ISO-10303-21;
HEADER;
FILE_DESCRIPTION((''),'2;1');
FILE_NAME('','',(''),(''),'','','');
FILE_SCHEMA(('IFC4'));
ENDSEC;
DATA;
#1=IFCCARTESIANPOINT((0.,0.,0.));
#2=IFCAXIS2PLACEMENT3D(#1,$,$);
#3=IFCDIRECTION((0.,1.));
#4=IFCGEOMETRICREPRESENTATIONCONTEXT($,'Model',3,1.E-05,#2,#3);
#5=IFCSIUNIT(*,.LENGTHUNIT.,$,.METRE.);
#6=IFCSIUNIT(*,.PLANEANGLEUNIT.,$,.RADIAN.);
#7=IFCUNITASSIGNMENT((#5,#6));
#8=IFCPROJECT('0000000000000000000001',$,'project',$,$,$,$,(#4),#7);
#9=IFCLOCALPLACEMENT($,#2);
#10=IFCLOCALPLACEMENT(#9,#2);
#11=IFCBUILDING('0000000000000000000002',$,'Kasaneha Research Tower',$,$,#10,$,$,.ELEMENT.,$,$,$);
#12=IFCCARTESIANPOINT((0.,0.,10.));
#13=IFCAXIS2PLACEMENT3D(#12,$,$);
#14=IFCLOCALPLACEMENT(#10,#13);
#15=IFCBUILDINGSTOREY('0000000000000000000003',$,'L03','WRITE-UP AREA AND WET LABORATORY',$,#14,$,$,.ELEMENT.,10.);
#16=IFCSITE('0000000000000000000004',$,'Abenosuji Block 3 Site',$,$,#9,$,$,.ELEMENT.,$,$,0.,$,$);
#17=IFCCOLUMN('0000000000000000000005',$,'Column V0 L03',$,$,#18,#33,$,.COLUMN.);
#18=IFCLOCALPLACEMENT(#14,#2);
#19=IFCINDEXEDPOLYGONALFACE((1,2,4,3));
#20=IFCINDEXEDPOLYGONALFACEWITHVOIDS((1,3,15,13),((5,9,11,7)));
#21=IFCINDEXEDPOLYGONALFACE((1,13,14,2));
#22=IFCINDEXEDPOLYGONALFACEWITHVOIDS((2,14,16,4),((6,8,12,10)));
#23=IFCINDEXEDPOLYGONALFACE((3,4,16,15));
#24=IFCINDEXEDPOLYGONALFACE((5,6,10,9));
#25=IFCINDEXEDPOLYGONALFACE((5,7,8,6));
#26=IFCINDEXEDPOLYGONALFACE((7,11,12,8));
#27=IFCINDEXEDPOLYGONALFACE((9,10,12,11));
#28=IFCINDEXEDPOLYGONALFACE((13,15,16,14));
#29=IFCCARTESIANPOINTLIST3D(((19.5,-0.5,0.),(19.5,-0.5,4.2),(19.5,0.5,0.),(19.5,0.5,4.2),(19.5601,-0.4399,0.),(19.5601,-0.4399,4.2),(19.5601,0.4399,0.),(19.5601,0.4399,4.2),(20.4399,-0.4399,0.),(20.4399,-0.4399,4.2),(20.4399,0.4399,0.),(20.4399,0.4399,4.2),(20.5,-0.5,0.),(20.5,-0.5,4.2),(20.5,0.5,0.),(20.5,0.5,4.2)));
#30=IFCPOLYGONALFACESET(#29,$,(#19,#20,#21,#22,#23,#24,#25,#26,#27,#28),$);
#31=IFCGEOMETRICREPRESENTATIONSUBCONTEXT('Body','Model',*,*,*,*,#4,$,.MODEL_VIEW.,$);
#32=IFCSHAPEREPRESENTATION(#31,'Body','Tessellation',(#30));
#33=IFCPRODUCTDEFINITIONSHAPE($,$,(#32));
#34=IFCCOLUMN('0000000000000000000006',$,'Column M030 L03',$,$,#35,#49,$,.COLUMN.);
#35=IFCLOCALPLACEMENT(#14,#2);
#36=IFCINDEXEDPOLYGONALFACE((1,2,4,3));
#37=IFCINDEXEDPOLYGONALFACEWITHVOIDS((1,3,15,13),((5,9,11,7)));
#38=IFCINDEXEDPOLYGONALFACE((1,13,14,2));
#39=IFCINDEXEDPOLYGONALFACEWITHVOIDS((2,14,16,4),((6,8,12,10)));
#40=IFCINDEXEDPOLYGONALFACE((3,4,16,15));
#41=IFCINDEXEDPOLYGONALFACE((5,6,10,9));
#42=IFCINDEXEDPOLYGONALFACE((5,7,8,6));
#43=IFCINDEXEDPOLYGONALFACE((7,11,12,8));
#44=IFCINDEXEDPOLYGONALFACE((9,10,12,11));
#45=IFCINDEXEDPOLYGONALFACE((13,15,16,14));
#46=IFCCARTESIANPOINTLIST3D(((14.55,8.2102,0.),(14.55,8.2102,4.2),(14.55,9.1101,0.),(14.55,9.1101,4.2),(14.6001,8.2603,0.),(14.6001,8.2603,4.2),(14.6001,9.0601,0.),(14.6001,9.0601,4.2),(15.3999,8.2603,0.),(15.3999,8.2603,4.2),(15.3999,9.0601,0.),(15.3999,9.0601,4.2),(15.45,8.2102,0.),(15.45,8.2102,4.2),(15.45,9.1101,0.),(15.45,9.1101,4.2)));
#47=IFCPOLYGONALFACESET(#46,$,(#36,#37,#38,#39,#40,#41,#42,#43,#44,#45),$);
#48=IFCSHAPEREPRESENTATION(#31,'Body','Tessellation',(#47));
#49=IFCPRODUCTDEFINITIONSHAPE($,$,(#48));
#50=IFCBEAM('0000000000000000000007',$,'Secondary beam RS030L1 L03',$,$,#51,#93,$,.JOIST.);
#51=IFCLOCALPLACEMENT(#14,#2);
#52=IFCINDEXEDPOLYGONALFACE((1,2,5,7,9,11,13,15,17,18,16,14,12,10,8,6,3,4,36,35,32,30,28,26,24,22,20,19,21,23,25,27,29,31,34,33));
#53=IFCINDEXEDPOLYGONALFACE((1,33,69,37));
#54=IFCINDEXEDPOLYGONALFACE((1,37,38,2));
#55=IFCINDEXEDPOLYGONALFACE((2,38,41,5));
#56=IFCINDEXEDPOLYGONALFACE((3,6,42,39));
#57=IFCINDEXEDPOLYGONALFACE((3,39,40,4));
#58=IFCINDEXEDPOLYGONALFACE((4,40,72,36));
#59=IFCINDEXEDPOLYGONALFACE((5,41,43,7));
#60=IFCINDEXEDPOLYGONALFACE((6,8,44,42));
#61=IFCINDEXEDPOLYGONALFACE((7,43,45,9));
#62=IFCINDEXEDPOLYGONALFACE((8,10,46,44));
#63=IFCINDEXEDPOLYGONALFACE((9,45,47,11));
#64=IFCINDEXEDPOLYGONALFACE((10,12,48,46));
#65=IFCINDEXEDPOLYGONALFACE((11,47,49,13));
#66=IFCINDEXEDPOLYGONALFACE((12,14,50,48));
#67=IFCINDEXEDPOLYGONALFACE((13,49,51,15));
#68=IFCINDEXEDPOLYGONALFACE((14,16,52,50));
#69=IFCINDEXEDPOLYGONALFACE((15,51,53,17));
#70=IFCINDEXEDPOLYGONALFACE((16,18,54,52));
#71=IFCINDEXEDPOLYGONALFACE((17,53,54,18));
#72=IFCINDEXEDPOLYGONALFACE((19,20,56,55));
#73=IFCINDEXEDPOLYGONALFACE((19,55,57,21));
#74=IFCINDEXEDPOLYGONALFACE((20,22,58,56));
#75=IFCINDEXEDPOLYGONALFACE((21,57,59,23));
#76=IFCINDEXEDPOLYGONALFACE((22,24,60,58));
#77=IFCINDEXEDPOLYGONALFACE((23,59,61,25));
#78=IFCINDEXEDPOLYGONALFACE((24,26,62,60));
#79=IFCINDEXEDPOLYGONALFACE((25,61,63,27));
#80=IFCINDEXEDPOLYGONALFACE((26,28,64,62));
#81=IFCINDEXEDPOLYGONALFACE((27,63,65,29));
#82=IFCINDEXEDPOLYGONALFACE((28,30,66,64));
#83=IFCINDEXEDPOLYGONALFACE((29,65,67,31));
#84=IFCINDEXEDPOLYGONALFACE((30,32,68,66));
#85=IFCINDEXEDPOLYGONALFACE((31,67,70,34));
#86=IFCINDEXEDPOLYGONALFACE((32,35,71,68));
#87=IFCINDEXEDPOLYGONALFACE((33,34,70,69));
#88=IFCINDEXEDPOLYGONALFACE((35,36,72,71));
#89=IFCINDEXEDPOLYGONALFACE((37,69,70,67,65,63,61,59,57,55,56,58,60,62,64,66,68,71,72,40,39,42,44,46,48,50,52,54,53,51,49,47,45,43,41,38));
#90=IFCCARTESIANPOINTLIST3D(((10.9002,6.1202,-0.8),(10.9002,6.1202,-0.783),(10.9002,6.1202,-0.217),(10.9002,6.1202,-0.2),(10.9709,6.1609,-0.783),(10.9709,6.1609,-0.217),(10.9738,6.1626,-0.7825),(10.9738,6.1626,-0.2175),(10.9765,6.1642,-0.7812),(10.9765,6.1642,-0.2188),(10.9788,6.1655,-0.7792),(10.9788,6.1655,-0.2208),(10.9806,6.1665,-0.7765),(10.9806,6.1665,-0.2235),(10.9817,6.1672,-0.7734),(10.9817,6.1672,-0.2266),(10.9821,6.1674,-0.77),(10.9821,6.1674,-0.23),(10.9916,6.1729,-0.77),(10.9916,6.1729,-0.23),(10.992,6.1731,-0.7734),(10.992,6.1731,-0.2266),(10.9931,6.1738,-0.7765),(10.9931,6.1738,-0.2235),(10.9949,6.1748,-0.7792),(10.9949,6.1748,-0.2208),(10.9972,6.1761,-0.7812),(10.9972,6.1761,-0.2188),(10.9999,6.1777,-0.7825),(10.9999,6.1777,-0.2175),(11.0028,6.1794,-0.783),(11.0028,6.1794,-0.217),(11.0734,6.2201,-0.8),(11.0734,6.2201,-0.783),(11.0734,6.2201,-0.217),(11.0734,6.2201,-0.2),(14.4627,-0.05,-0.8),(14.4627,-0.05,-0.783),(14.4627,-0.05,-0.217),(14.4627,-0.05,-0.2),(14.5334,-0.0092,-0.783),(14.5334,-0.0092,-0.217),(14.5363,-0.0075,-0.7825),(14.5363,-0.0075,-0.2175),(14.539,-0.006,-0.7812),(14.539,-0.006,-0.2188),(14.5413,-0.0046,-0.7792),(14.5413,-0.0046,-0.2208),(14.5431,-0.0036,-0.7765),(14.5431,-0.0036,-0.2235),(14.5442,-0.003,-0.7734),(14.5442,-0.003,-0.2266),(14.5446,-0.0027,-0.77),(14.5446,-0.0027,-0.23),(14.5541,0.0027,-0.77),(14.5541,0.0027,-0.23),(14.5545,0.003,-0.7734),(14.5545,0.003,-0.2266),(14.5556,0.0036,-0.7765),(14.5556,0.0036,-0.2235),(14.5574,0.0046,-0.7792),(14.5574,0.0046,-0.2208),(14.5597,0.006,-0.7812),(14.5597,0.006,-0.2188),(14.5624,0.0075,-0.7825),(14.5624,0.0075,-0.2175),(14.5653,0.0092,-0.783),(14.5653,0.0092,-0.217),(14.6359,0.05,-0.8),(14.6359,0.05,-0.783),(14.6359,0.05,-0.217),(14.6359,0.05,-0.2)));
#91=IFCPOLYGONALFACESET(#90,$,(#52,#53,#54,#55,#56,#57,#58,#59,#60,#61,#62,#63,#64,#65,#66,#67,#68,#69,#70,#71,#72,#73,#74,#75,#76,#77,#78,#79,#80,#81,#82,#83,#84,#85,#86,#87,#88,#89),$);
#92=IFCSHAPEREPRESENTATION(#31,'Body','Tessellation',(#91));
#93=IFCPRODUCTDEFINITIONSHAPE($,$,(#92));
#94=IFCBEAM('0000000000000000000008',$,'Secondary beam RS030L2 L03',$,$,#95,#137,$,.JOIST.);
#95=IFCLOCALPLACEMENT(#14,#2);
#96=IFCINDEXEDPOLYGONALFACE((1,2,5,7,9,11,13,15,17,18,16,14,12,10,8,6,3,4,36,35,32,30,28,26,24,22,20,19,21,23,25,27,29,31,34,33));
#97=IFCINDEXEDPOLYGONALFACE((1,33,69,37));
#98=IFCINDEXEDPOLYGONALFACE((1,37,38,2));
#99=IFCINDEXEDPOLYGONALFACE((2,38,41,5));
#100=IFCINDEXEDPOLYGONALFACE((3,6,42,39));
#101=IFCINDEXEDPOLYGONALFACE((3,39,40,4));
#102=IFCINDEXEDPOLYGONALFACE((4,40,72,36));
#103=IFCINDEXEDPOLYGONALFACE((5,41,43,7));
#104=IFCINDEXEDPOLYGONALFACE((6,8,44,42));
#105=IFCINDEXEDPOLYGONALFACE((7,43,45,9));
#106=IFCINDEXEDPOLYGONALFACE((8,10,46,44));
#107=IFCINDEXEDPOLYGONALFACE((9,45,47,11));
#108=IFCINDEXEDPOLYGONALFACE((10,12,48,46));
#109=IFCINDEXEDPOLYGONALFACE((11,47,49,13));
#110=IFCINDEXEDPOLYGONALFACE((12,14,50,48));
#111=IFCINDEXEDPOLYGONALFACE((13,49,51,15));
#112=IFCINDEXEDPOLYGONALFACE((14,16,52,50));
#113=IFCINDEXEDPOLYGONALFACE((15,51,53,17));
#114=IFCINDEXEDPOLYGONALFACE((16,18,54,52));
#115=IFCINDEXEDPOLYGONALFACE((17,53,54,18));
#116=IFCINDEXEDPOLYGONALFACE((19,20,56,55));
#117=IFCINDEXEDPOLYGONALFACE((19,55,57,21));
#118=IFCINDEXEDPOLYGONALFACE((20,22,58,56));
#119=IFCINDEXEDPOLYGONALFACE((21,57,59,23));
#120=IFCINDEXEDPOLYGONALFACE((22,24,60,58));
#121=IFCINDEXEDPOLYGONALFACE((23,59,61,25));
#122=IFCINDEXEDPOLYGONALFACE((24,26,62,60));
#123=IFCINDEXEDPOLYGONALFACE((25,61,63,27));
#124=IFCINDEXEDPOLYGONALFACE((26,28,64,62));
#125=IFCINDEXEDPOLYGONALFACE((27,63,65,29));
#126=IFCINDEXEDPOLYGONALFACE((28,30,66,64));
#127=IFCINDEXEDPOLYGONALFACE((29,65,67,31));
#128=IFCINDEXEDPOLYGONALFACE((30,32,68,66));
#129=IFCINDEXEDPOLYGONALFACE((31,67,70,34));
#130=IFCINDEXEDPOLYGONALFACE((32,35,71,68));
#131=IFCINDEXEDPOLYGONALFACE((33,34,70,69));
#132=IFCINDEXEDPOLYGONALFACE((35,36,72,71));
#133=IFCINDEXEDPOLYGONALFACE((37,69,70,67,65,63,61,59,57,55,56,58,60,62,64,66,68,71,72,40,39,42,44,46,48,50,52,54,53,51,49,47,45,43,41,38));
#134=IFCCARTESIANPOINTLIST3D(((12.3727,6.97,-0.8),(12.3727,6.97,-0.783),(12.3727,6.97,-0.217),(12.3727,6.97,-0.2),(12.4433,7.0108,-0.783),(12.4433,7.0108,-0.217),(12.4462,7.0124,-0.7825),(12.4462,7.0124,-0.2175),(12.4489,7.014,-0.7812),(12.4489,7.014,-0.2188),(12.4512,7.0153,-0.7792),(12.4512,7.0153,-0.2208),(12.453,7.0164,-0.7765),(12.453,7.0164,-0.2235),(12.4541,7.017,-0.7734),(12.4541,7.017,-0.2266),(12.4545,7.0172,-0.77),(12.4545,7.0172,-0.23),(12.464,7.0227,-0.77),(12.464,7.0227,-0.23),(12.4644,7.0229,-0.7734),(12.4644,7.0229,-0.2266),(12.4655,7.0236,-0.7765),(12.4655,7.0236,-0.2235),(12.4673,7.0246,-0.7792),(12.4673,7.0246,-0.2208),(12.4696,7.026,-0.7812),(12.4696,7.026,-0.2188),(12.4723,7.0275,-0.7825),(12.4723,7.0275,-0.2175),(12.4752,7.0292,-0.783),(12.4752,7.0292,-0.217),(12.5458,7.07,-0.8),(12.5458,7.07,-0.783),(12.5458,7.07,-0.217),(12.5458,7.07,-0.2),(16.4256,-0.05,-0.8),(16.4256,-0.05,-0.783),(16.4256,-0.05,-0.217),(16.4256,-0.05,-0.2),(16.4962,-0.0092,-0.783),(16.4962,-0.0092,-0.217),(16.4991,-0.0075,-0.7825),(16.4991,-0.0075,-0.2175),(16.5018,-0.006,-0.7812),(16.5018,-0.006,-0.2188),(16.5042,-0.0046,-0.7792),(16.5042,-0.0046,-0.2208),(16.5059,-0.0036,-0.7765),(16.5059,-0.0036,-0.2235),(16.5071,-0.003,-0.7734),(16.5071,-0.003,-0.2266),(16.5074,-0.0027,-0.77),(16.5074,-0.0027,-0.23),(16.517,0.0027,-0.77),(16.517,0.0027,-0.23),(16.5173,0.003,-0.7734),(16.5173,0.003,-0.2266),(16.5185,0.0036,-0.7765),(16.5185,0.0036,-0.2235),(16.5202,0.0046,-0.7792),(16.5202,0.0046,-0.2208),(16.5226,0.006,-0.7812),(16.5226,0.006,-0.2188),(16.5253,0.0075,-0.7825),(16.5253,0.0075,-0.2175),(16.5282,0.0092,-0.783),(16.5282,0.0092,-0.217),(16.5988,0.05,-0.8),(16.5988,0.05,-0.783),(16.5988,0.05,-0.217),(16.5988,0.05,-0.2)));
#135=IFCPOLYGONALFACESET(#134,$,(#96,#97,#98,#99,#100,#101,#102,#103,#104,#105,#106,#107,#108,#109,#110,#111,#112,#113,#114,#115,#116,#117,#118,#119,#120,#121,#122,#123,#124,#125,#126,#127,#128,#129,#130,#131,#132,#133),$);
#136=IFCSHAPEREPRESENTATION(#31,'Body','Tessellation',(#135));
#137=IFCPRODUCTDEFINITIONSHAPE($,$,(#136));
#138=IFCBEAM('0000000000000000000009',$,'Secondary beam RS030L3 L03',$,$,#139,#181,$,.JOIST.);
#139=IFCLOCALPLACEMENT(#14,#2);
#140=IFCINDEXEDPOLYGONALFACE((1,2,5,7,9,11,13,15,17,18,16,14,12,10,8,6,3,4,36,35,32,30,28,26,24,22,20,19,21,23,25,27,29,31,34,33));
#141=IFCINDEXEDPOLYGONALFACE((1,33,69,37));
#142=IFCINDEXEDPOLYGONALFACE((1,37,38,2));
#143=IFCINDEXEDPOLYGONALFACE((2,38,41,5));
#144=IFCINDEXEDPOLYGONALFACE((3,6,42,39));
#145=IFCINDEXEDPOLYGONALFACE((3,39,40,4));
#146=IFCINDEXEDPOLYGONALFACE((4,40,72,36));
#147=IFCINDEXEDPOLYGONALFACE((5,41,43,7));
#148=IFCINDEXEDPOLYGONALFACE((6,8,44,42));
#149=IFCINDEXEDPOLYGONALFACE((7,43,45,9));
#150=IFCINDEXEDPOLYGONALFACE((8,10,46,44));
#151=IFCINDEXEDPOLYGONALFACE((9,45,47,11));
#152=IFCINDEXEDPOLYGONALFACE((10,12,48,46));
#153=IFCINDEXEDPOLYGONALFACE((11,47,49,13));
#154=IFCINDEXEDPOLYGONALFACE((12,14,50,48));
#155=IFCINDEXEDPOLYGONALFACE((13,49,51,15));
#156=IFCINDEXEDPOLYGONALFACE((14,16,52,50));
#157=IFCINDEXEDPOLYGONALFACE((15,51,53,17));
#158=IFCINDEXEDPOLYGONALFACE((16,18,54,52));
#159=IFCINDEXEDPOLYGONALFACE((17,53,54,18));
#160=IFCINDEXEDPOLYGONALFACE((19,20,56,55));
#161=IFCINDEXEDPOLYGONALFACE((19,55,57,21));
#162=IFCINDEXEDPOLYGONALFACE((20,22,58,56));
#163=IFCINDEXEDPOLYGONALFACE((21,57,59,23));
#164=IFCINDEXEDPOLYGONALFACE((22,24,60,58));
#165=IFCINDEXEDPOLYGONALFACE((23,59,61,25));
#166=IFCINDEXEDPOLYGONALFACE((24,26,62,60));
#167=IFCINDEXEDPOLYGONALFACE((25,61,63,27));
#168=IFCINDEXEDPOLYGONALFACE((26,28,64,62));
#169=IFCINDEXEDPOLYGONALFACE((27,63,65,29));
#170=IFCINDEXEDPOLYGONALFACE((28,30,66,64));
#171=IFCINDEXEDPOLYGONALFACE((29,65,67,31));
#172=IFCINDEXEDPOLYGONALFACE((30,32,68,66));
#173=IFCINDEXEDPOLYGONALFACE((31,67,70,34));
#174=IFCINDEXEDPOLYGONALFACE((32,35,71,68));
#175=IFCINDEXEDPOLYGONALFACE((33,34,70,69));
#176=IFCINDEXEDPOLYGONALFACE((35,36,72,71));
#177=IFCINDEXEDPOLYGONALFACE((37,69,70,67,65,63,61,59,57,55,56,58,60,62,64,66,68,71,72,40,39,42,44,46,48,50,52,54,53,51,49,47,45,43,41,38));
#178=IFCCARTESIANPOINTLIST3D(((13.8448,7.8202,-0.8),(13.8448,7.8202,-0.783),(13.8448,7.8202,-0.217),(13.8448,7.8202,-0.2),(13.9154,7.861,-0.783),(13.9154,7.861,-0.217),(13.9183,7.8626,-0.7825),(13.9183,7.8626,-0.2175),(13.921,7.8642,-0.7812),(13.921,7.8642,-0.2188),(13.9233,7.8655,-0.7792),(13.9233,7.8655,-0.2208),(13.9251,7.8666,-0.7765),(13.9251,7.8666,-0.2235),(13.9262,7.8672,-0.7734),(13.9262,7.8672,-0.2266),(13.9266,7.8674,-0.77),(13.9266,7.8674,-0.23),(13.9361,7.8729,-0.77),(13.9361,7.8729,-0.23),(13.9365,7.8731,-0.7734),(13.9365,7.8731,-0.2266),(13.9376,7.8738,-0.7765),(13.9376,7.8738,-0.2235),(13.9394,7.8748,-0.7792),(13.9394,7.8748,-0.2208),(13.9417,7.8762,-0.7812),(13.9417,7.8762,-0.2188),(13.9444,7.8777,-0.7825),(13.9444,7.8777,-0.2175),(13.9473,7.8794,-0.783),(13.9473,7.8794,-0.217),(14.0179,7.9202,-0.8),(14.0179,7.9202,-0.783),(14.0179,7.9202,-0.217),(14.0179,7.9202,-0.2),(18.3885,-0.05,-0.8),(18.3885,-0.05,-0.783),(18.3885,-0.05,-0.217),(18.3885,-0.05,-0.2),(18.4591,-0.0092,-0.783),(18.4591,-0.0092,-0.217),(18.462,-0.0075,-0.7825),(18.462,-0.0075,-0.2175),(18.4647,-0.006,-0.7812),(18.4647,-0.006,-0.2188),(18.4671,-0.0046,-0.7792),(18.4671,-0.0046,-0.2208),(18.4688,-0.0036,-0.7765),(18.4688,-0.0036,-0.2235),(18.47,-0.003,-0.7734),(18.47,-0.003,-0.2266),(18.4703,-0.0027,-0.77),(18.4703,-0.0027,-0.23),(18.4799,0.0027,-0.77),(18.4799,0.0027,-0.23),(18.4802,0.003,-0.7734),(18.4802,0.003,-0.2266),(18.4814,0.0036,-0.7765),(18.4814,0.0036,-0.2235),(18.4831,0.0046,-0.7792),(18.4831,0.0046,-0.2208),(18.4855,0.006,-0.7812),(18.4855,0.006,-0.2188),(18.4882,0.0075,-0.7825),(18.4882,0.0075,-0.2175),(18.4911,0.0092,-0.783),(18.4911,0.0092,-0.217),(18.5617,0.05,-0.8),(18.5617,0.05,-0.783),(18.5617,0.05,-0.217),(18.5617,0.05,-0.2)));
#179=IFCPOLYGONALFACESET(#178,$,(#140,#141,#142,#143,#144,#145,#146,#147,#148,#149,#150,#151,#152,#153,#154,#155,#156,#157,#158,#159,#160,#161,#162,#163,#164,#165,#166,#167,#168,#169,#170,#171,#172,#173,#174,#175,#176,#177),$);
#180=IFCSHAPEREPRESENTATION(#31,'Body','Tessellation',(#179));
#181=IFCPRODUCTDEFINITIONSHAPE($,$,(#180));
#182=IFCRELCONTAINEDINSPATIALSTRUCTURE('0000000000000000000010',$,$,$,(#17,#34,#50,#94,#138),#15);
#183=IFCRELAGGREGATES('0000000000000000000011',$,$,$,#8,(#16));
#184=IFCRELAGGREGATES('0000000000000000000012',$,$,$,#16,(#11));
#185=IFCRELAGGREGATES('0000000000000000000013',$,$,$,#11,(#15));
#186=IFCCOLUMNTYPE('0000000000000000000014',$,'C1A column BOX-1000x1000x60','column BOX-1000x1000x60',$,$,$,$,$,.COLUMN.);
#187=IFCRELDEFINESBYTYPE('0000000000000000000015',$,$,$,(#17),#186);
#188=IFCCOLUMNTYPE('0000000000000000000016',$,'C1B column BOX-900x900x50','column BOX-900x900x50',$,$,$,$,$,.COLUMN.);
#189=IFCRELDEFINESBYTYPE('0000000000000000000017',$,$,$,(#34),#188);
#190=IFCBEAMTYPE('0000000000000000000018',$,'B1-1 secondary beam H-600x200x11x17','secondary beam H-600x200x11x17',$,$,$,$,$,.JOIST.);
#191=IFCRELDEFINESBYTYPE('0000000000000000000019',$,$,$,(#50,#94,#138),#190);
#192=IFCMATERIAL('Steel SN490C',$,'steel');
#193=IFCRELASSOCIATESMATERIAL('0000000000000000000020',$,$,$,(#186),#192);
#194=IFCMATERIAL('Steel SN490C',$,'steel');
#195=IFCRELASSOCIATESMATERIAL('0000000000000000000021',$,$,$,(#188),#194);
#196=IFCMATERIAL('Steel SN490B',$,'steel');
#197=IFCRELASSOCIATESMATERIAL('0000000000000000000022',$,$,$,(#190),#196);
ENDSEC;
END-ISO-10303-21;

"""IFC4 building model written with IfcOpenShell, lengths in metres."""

from ifc_helpers import new_model, si_unit, direction, frame, origin, origin_2d, place, context, subcontext, project, spatial, hollow_rectangle, i_section, extrude, material, material_profile, profile_set, type_object, element, save


model = new_model("IFC4")

# Units and contexts
model_context = context("Model", 3, precision=1e-05, world=origin(), true_north=direction((0.0, 1.0)))
body_context = subcontext(model_context, "Body", "Model", "MODEL_VIEW")
ifc_project = project(units=[si_unit("LENGTHUNIT", "METRE"), si_unit("PLANEANGLEUNIT", "RADIAN")], contexts=[model_context])

# Site, building, storey
site_placement = place(None, origin())
site = spatial("IfcSite", under=ifc_project, at=site_placement, Name="Abenosuji Block 3 Site", CompositionType="ELEMENT", RefElevation=0.0)
building_placement = place(site_placement, origin())
building = spatial("IfcBuilding", under=site, at=building_placement, Name="Kasaneha Research Tower", CompositionType="ELEMENT")
storey_placement = place(building_placement, frame((0.0, 0.0, 10.0)))
storey = spatial("IfcBuildingStorey", under=building, at=storey_placement, Name="L03", Description="WRITE-UP AREA AND WET LABORATORY", CompositionType="ELEMENT", Elevation=10.0)

# Columns
ifc_material_1 = material(Name="Steel SN490C", Category="steel")
ifc_material_profile_1 = material_profile(ifc_material_1, hollow_rectangle(XDim=1.0, YDim=1.0, WallThickness=0.0601, at=origin_2d()), Name="BOX-1000x1000x60")
ifc_profile_set_1 = profile_set([ifc_material_profile_1], Name="Steel SN490C")
column_type_1 = type_object("IfcColumnType", Name="C1A column BOX-1000x1000x60", Description="column BOX-1000x1000x60", PredefinedType="COLUMN", material=ifc_profile_set_1)
column_1_placement = place(storey_placement, frame((20.0, 0.0, 0.0), z_axis=(0.0, 0.0, 1.0), x_axis=(1.0, 0.0, 0.0)))
element("IfcColumn", 1, at=column_1_placement, inside=storey, type_object=column_type_1, Name="Column V0 L03", PredefinedType="COLUMN", context=body_context, shape_type="SweptSolid", body=[
    extrude(hollow_rectangle(XDim=1.0, YDim=1.0, WallThickness=0.0601, at=origin_2d()), origin(), (0.0, 0.0, 1.0), 4.2),
])
ifc_material_2 = material(Name="Steel SN490C", Category="steel")
ifc_material_profile_2 = material_profile(ifc_material_2, hollow_rectangle(XDim=0.8999, YDim=0.8999, WallThickness=0.05, at=origin_2d()), Name="BOX-900x900x50")
ifc_profile_set_2 = profile_set([ifc_material_profile_2], Name="Steel SN490C")
column_type_2 = type_object("IfcColumnType", Name="C1B column BOX-900x900x50", Description="column BOX-900x900x50", PredefinedType="COLUMN", material=ifc_profile_set_2)
column_2_placement = place(storey_placement, frame((15.0, 8.6602, 0.0), z_axis=(0.0, 0.0, 1.0), x_axis=(1.0, 0.0, 0.0)))
element("IfcColumn", 2, at=column_2_placement, inside=storey, type_object=column_type_2, Name="Column M030 L03", PredefinedType="COLUMN", context=body_context, shape_type="SweptSolid", body=[
    extrude(hollow_rectangle(XDim=0.8999, YDim=0.8999, WallThickness=0.05, at=origin_2d()), origin(), (0.0, 0.0, 1.0), 4.2),
])

# Beams
ifc_material_3 = material(Name="Steel SN490B", Category="steel")
ifc_material_profile_3 = material_profile(ifc_material_3, i_section(OverallWidth=0.2, OverallDepth=0.6001, WebThickness=0.011, FlangeThickness=0.0171, FilletRadius=0.0129, at=origin_2d()), Name="H-600x200x11x17")
ifc_profile_set_3 = profile_set([ifc_material_profile_3], Name="Steel SN490B")
beam_type_1 = type_object("IfcBeamType", Name="B1-1 secondary beam H-600x200x11x17", Description="secondary beam H-600x200x11x17", PredefinedType="JOIST", material=ifc_profile_set_3)
beam_1_placement = place(storey_placement, frame((14.5493, 0.0, -0.5), z_axis=(-0.500016, 0.866016, 0.0), x_axis=(-0.866016, -0.500016, 0.0)))
element("IfcBeam", 3, at=beam_1_placement, inside=storey, type_object=beam_type_1, Name="Secondary beam RS030L1 L03", PredefinedType="JOIST", context=body_context, shape_type="SweptSolid", body=[
    extrude(i_section(OverallWidth=0.2, OverallDepth=0.6001, WebThickness=0.011, FlangeThickness=0.0171, FilletRadius=0.0129, at=origin_2d()), origin(), (0.0, 0.0, 1.0), 7.1248),
])
beam_2_placement = place(storey_placement, frame((16.5122, 0.0, -0.5), z_axis=(-0.499997, 0.866027, 0.0), x_axis=(-0.866027, -0.499997, 0.0)))
element("IfcBeam", 4, at=beam_2_placement, inside=storey, type_object=beam_type_1, Name="Secondary beam RS030L2 L03", PredefinedType="JOIST", context=body_context, shape_type="SweptSolid", body=[
    extrude(i_section(OverallWidth=0.2, OverallDepth=0.6001, WebThickness=0.011, FlangeThickness=0.0171, FilletRadius=0.0129, at=origin_2d()), origin(), (0.0, 0.0, 1.0), 8.106),
])
beam_3_placement = place(storey_placement, frame((18.4751, 0.0, -0.5), z_axis=(-0.499991, 0.866031, 0.0), x_axis=(-0.866031, -0.499991, 0.0)))
element("IfcBeam", 5, at=beam_3_placement, inside=storey, type_object=beam_type_1, Name="Secondary beam RS030L3 L03", PredefinedType="JOIST", context=body_context, shape_type="SweptSolid", body=[
    extrude(i_section(OverallWidth=0.2, OverallDepth=0.6001, WebThickness=0.011, FlangeThickness=0.0171, FilletRadius=0.0129, at=origin_2d()), origin(), (0.0, 0.0, 1.0), 9.0876),
])

save(model, "model.ifc")
